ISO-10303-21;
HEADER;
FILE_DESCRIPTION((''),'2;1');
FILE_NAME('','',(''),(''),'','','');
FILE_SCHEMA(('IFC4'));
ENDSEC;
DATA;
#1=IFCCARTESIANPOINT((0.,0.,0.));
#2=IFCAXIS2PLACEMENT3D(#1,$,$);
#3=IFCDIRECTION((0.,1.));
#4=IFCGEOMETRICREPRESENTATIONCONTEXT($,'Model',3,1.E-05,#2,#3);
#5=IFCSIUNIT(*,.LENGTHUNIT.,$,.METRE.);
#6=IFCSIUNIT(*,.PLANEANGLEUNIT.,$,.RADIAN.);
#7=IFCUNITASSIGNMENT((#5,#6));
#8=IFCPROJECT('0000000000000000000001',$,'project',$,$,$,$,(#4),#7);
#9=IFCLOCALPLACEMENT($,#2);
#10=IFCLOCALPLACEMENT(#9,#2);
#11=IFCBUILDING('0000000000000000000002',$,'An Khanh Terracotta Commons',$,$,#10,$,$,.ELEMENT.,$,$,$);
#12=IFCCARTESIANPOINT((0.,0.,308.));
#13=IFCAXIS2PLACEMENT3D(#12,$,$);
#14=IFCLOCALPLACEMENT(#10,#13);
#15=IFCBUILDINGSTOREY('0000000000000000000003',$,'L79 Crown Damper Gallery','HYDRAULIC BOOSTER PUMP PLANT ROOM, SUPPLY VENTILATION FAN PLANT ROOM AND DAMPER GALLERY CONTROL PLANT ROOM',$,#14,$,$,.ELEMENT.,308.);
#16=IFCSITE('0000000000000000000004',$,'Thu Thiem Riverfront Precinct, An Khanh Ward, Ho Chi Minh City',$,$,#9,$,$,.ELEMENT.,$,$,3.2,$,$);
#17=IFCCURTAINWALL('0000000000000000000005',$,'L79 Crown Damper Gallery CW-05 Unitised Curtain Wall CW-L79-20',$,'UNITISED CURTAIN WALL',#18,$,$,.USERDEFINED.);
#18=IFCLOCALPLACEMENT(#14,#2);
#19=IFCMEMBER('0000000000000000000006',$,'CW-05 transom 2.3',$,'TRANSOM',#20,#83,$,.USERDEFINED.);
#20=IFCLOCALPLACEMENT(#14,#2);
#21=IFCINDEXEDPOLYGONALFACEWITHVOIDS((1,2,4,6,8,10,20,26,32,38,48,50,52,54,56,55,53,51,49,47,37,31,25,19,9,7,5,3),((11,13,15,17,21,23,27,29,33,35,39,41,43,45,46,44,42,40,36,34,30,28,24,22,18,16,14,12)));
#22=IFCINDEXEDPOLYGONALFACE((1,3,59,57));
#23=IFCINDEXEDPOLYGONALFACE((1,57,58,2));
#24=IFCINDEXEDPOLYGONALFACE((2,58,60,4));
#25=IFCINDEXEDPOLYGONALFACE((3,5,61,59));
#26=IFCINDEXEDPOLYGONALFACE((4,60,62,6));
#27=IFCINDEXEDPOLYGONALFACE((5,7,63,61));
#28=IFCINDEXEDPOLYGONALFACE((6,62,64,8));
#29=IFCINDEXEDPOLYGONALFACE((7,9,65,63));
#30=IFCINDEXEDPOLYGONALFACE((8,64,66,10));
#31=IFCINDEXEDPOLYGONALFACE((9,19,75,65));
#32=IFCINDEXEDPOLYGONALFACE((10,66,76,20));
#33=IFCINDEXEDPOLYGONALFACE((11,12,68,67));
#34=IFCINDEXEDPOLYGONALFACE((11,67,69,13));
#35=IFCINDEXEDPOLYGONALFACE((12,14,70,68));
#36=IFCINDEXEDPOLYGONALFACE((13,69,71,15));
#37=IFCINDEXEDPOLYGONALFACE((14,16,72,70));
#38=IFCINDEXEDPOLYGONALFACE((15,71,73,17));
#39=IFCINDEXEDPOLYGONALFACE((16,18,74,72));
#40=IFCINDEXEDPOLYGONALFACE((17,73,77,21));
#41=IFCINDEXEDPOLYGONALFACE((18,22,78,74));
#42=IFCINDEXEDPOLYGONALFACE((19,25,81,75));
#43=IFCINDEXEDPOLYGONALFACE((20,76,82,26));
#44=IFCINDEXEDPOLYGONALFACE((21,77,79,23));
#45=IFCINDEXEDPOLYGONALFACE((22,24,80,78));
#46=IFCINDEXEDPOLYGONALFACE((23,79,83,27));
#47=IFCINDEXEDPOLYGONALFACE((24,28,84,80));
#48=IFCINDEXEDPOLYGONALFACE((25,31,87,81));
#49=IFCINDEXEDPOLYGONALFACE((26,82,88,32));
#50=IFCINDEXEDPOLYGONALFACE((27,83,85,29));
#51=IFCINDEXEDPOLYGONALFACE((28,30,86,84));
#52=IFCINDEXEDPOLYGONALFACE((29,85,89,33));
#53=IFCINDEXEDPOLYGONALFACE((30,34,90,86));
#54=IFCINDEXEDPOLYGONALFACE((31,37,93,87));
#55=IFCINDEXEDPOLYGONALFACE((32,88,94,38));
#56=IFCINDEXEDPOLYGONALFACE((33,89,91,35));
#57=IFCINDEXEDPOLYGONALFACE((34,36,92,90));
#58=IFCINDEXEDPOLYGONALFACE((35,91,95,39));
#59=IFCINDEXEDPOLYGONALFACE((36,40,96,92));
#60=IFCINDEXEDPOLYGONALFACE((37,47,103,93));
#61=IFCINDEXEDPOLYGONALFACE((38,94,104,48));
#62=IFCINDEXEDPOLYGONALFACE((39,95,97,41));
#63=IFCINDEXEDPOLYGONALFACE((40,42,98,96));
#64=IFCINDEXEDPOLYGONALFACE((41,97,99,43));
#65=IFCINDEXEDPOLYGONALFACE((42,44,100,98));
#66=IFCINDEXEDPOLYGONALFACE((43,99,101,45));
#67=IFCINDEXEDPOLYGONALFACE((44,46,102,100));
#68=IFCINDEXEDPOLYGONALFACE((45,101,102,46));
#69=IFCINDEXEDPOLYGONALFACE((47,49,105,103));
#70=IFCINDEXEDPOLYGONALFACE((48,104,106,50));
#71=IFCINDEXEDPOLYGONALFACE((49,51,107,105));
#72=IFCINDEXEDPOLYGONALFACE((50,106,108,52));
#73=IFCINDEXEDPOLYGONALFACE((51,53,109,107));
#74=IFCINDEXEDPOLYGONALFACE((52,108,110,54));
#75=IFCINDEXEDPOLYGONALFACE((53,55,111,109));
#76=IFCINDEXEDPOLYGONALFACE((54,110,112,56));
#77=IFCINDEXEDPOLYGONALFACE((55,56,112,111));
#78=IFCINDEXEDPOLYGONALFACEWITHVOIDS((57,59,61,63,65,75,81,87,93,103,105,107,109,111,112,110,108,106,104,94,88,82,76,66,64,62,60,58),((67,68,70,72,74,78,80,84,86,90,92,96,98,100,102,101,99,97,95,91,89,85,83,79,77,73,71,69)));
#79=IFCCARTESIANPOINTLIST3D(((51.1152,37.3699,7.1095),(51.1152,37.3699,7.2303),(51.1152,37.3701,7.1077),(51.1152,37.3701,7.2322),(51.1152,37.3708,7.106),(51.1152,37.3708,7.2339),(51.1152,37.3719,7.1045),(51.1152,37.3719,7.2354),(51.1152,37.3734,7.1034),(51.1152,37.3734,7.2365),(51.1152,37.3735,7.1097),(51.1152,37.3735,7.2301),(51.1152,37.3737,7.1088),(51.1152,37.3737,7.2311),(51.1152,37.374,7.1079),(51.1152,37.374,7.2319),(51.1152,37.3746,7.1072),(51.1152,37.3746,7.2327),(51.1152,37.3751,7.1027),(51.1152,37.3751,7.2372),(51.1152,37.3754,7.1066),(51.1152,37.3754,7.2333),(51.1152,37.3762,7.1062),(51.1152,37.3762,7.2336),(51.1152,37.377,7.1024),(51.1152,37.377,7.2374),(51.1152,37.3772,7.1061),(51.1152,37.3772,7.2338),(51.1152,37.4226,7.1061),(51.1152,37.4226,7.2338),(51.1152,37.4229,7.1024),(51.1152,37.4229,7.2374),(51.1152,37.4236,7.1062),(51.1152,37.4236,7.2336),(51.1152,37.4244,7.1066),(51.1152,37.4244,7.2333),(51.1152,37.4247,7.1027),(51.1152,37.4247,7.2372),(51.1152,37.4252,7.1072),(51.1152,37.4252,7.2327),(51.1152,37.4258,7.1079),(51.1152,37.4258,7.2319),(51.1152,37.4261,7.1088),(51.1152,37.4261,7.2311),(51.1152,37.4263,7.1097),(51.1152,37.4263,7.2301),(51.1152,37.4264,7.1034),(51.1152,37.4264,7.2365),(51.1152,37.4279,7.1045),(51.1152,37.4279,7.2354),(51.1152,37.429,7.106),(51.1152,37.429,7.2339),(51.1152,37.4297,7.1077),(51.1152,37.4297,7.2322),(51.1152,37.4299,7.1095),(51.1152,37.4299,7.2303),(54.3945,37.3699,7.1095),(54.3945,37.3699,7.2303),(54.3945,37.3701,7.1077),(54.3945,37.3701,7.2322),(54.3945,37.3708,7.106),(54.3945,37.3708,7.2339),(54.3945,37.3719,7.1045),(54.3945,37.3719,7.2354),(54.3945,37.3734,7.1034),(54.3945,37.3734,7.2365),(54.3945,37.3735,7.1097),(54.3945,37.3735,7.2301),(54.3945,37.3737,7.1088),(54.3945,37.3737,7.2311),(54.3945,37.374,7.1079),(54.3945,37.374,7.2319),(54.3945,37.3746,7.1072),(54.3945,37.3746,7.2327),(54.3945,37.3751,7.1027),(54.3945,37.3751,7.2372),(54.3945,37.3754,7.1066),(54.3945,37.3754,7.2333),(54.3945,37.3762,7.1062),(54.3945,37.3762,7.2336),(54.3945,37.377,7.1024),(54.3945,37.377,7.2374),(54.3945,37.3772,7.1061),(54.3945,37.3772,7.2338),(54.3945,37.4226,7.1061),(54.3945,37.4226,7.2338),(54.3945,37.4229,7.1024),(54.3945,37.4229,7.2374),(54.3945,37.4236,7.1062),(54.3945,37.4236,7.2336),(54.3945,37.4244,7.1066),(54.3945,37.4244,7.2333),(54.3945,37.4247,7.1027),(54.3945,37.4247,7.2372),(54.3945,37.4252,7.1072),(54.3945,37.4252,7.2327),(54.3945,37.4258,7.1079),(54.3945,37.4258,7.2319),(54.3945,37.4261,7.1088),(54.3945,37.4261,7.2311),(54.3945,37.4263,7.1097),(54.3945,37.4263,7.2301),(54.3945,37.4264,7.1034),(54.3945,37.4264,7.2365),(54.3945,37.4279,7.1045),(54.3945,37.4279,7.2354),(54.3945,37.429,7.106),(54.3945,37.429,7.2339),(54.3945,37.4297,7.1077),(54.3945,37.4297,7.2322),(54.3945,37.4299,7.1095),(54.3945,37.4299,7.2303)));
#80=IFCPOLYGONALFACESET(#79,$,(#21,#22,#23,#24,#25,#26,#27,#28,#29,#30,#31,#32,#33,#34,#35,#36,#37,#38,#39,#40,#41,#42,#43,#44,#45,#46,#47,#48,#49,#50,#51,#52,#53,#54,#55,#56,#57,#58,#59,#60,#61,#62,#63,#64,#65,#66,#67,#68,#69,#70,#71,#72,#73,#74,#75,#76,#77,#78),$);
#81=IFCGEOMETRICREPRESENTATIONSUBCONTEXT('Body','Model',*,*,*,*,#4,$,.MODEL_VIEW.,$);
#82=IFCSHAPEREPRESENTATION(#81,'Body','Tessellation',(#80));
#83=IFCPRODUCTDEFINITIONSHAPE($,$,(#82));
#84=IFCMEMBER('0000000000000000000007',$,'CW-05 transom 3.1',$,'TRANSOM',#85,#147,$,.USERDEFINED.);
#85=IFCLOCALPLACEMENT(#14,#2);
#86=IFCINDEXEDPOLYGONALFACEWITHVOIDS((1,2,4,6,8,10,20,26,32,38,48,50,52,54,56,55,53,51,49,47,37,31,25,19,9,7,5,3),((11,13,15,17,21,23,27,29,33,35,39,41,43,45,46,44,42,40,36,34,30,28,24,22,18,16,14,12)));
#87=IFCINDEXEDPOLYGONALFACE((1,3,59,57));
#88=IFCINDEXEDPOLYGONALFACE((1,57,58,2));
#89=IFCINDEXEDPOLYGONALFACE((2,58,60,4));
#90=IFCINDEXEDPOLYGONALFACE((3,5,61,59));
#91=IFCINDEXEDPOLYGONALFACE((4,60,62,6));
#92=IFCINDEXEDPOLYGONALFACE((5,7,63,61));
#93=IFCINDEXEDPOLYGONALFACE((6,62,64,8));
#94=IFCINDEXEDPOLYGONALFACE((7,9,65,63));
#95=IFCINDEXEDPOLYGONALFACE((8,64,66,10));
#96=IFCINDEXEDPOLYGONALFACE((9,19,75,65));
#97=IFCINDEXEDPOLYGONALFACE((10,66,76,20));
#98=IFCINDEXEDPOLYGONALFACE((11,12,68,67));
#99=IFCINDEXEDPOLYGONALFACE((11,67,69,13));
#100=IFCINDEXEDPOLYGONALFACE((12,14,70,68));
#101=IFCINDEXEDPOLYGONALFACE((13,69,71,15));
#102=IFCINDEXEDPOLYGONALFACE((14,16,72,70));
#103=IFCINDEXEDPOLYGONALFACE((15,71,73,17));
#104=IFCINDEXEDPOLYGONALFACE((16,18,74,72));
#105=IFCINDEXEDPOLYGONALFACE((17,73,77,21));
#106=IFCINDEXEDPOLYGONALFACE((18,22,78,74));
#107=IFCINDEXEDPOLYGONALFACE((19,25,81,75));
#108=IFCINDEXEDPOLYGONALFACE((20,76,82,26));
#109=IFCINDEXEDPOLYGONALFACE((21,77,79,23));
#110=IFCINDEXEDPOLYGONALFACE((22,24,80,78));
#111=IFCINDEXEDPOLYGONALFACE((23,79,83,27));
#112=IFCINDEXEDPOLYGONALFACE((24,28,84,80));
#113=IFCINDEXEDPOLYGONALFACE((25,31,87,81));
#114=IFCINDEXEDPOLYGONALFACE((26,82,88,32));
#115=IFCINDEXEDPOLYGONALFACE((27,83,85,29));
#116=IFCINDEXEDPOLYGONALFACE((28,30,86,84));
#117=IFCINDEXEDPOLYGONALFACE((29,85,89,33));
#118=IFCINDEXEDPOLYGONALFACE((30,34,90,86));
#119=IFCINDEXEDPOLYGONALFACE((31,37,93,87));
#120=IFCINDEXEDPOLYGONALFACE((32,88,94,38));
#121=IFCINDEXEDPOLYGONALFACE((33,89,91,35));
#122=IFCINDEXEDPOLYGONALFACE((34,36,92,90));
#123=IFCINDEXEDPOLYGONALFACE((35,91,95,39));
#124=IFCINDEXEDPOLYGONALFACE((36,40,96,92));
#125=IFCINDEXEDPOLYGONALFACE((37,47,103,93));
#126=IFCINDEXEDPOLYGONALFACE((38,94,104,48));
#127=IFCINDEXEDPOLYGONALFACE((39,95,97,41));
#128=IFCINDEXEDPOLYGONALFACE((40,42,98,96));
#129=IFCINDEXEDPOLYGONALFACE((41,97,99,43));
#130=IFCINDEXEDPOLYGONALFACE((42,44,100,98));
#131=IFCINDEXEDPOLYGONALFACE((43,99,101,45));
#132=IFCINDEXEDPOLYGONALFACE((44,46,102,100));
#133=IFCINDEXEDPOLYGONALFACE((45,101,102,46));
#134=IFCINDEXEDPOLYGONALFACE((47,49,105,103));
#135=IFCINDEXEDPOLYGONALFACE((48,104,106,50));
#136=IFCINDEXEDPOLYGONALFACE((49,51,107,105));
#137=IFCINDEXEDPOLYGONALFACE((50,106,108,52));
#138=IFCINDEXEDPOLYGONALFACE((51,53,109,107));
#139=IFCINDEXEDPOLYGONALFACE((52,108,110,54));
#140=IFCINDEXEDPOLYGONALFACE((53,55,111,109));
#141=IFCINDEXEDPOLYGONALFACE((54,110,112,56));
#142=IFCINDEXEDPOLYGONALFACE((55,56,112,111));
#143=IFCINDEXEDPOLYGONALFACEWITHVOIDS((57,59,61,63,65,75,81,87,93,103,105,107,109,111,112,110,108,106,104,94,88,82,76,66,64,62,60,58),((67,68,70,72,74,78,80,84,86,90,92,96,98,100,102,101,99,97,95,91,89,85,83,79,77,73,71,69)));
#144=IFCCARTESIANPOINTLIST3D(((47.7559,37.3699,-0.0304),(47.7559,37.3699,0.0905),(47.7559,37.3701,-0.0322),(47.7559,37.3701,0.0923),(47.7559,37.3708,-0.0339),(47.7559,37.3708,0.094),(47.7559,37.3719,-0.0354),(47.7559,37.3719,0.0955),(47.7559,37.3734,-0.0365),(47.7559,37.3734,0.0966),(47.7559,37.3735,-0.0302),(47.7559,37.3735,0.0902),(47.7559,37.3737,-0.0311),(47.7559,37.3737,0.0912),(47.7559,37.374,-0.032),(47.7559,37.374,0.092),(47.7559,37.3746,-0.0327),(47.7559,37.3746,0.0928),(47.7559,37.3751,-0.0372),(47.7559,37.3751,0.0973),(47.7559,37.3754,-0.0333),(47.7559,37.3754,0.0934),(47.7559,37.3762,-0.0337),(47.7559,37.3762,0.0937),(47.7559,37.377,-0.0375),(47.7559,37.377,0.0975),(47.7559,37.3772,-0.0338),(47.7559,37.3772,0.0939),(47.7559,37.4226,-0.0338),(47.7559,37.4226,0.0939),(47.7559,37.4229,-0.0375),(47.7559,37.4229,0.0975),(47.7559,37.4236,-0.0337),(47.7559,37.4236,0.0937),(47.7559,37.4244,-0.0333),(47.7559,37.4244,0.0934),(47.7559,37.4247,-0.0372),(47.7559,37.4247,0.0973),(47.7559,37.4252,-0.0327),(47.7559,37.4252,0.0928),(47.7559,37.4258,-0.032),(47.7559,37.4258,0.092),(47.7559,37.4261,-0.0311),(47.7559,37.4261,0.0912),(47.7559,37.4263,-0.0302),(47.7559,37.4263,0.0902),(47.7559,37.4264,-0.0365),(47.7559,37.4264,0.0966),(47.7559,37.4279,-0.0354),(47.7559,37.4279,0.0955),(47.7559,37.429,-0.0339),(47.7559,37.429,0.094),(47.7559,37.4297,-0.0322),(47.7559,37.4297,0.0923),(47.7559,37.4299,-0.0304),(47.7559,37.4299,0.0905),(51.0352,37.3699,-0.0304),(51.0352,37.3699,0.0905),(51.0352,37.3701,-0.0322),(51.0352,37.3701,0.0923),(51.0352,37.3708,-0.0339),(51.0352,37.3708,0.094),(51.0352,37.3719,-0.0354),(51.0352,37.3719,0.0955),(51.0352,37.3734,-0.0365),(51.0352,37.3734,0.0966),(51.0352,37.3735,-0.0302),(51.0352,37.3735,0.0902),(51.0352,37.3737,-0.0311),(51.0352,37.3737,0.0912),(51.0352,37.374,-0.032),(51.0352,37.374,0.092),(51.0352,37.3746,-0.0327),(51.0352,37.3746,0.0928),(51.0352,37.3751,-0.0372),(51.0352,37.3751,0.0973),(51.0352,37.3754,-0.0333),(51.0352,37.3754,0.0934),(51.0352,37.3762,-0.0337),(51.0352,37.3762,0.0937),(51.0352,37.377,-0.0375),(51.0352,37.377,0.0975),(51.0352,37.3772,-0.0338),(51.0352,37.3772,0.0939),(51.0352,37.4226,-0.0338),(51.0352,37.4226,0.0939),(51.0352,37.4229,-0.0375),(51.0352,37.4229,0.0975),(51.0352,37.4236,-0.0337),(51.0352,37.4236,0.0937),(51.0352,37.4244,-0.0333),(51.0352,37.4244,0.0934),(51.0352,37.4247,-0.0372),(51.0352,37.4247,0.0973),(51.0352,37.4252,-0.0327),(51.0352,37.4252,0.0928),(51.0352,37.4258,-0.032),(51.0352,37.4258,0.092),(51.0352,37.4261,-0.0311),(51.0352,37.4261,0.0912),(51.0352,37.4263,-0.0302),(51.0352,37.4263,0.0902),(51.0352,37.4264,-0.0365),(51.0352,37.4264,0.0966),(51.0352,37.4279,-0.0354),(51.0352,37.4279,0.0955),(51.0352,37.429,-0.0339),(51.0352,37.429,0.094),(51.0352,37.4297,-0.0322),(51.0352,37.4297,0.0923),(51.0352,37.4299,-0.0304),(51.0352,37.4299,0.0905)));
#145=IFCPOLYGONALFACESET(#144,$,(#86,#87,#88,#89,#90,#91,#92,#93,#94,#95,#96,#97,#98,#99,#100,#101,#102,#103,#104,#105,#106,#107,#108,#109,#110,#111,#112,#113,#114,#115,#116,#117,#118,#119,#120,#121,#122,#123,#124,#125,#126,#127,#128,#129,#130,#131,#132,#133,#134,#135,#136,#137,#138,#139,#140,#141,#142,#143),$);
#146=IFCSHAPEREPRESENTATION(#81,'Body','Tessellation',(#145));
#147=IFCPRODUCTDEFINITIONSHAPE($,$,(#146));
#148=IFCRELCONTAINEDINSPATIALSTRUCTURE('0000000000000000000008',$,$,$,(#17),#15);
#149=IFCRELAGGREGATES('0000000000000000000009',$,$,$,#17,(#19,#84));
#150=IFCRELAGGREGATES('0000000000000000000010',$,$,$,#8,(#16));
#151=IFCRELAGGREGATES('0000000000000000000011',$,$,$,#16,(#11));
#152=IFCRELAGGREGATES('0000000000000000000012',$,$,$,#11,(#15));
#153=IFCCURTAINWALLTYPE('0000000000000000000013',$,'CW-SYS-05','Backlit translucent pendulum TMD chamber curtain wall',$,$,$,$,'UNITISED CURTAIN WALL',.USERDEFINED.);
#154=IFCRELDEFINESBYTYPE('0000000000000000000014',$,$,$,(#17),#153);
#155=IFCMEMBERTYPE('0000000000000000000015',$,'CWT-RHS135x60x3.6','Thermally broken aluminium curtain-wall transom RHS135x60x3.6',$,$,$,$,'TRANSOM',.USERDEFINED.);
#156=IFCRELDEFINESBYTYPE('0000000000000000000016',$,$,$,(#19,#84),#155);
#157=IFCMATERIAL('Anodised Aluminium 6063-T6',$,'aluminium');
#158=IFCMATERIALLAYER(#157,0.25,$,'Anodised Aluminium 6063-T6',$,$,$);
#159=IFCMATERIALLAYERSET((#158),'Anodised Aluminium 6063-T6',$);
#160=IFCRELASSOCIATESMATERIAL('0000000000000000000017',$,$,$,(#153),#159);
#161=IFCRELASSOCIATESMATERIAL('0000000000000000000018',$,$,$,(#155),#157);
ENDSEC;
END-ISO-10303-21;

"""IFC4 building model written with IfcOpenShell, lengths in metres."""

from ifc_helpers import new_model, si_unit, direction, frame, origin, origin_2d, place, context, subcontext, project, spatial, hollow_rectangle, extrude, material, layer, layer_set, material_profile, profile_set, type_object, element, aggregate, save


model = new_model("IFC4")

# Units and contexts
model_context = context("Model", 3, precision=1e-05, world=origin(), true_north=direction((0.0, 1.0)))
body_context = subcontext(model_context, "Body", "Model", "MODEL_VIEW")
ifc_project = project(units=[si_unit("LENGTHUNIT", "METRE"), si_unit("PLANEANGLEUNIT", "RADIAN")], contexts=[model_context])

# Site, building, storey
site_placement = place(None, origin())
site = spatial("IfcSite", under=ifc_project, at=site_placement, Name="Thu Thiem Riverfront Precinct, An Khanh Ward, Ho Chi Minh City", CompositionType="ELEMENT", RefElevation=3.2)
building_placement = place(site_placement, origin())
building = spatial("IfcBuilding", under=site, at=building_placement, Name="An Khanh Terracotta Commons", CompositionType="ELEMENT")
storey_placement = place(building_placement, frame((0.0, 0.0, 308.0)))
storey = spatial("IfcBuildingStorey", under=building, at=storey_placement, Name="L79 Crown Damper Gallery", Description="HYDRAULIC BOOSTER PUMP PLANT ROOM, SUPPLY VENTILATION FAN PLANT ROOM AND DAMPER GALLERY CONTROL PLANT ROOM", CompositionType="ELEMENT", Elevation=308.0)

# Curtain wall, members
ifc_material_1 = material(Name="Anodised Aluminium 6063-T6", Category="aluminium")
ifc_layer_1 = layer(ifc_material_1, 0.25, Name="Anodised Aluminium 6063-T6")
ifc_layer_set_1 = layer_set([ifc_layer_1], Name="Anodised Aluminium 6063-T6")
curtain_wall_type = type_object("IfcCurtainWallType", Name="CW-SYS-05", Description="Backlit translucent pendulum TMD chamber curtain wall", ElementType="UNITISED CURTAIN WALL", PredefinedType="USERDEFINED", material=ifc_layer_set_1)
curtain_wall_placement = place(storey_placement, origin())
curtain_wall = element("IfcCurtainWall", 1, at=curtain_wall_placement, inside=storey, type_object=curtain_wall_type, Name="L79 Crown Damper Gallery CW-05 Unitised Curtain Wall CW-L79-20", ObjectType="UNITISED CURTAIN WALL", PredefinedType="USERDEFINED")
ifc_material_profile_1 = material_profile(ifc_material_1, hollow_rectangle(XDim=0.0601, YDim=0.135, WallThickness=0.0037, InnerFilletRadius=0.0037, OuterFilletRadius=0.0071, at=origin_2d()), Name="RHS135x60x3.6")
ifc_profile_set_1 = profile_set([ifc_material_profile_1], Name="Anodised Aluminium 6063-T6")
member_type_1 = type_object("IfcMemberType", Name="CWT-RHS135x60x3.6", Description="Thermally broken aluminium curtain-wall transom RHS135x60x3.6", ElementType="TRANSOM", PredefinedType="USERDEFINED", material=ifc_profile_set_1)
member_1_placement = place(storey_placement, frame((54.3945, 37.3999, 7.1699), z_axis=(-1.0, 0.0, 0.0), x_axis=(0.0, -1.0, 0.0)))
member_1 = element("IfcMember", 2, at=member_1_placement, type_object=member_type_1, Name="CW-05 transom 2.3", ObjectType="TRANSOM", PredefinedType="USERDEFINED", context=body_context, shape_type="SweptSolid", body=[
    extrude(hollow_rectangle(XDim=0.0601, YDim=0.135, WallThickness=0.0037, InnerFilletRadius=0.0037, OuterFilletRadius=0.0071, at=origin_2d()), origin(), (0.0, 0.0, 1.0), 3.2793),
])
member_2_placement = place(storey_placement, frame((51.0352, 37.3999, 0.03), z_axis=(-1.0, 0.0, 0.0), x_axis=(0.0, -1.0, 0.0)))
member_2 = element("IfcMember", 3, at=member_2_placement, type_object=member_type_1, Name="CW-05 transom 3.1", ObjectType="TRANSOM", PredefinedType="USERDEFINED", context=body_context, shape_type="SweptSolid", body=[
    extrude(hollow_rectangle(XDim=0.0601, YDim=0.135, WallThickness=0.0037, InnerFilletRadius=0.0037, OuterFilletRadius=0.0071, at=origin_2d()), origin(), (0.0, 0.0, 1.0), 3.2793),
])
aggregate(curtain_wall, [member_1, member_2])

save(model, "model.ifc")
